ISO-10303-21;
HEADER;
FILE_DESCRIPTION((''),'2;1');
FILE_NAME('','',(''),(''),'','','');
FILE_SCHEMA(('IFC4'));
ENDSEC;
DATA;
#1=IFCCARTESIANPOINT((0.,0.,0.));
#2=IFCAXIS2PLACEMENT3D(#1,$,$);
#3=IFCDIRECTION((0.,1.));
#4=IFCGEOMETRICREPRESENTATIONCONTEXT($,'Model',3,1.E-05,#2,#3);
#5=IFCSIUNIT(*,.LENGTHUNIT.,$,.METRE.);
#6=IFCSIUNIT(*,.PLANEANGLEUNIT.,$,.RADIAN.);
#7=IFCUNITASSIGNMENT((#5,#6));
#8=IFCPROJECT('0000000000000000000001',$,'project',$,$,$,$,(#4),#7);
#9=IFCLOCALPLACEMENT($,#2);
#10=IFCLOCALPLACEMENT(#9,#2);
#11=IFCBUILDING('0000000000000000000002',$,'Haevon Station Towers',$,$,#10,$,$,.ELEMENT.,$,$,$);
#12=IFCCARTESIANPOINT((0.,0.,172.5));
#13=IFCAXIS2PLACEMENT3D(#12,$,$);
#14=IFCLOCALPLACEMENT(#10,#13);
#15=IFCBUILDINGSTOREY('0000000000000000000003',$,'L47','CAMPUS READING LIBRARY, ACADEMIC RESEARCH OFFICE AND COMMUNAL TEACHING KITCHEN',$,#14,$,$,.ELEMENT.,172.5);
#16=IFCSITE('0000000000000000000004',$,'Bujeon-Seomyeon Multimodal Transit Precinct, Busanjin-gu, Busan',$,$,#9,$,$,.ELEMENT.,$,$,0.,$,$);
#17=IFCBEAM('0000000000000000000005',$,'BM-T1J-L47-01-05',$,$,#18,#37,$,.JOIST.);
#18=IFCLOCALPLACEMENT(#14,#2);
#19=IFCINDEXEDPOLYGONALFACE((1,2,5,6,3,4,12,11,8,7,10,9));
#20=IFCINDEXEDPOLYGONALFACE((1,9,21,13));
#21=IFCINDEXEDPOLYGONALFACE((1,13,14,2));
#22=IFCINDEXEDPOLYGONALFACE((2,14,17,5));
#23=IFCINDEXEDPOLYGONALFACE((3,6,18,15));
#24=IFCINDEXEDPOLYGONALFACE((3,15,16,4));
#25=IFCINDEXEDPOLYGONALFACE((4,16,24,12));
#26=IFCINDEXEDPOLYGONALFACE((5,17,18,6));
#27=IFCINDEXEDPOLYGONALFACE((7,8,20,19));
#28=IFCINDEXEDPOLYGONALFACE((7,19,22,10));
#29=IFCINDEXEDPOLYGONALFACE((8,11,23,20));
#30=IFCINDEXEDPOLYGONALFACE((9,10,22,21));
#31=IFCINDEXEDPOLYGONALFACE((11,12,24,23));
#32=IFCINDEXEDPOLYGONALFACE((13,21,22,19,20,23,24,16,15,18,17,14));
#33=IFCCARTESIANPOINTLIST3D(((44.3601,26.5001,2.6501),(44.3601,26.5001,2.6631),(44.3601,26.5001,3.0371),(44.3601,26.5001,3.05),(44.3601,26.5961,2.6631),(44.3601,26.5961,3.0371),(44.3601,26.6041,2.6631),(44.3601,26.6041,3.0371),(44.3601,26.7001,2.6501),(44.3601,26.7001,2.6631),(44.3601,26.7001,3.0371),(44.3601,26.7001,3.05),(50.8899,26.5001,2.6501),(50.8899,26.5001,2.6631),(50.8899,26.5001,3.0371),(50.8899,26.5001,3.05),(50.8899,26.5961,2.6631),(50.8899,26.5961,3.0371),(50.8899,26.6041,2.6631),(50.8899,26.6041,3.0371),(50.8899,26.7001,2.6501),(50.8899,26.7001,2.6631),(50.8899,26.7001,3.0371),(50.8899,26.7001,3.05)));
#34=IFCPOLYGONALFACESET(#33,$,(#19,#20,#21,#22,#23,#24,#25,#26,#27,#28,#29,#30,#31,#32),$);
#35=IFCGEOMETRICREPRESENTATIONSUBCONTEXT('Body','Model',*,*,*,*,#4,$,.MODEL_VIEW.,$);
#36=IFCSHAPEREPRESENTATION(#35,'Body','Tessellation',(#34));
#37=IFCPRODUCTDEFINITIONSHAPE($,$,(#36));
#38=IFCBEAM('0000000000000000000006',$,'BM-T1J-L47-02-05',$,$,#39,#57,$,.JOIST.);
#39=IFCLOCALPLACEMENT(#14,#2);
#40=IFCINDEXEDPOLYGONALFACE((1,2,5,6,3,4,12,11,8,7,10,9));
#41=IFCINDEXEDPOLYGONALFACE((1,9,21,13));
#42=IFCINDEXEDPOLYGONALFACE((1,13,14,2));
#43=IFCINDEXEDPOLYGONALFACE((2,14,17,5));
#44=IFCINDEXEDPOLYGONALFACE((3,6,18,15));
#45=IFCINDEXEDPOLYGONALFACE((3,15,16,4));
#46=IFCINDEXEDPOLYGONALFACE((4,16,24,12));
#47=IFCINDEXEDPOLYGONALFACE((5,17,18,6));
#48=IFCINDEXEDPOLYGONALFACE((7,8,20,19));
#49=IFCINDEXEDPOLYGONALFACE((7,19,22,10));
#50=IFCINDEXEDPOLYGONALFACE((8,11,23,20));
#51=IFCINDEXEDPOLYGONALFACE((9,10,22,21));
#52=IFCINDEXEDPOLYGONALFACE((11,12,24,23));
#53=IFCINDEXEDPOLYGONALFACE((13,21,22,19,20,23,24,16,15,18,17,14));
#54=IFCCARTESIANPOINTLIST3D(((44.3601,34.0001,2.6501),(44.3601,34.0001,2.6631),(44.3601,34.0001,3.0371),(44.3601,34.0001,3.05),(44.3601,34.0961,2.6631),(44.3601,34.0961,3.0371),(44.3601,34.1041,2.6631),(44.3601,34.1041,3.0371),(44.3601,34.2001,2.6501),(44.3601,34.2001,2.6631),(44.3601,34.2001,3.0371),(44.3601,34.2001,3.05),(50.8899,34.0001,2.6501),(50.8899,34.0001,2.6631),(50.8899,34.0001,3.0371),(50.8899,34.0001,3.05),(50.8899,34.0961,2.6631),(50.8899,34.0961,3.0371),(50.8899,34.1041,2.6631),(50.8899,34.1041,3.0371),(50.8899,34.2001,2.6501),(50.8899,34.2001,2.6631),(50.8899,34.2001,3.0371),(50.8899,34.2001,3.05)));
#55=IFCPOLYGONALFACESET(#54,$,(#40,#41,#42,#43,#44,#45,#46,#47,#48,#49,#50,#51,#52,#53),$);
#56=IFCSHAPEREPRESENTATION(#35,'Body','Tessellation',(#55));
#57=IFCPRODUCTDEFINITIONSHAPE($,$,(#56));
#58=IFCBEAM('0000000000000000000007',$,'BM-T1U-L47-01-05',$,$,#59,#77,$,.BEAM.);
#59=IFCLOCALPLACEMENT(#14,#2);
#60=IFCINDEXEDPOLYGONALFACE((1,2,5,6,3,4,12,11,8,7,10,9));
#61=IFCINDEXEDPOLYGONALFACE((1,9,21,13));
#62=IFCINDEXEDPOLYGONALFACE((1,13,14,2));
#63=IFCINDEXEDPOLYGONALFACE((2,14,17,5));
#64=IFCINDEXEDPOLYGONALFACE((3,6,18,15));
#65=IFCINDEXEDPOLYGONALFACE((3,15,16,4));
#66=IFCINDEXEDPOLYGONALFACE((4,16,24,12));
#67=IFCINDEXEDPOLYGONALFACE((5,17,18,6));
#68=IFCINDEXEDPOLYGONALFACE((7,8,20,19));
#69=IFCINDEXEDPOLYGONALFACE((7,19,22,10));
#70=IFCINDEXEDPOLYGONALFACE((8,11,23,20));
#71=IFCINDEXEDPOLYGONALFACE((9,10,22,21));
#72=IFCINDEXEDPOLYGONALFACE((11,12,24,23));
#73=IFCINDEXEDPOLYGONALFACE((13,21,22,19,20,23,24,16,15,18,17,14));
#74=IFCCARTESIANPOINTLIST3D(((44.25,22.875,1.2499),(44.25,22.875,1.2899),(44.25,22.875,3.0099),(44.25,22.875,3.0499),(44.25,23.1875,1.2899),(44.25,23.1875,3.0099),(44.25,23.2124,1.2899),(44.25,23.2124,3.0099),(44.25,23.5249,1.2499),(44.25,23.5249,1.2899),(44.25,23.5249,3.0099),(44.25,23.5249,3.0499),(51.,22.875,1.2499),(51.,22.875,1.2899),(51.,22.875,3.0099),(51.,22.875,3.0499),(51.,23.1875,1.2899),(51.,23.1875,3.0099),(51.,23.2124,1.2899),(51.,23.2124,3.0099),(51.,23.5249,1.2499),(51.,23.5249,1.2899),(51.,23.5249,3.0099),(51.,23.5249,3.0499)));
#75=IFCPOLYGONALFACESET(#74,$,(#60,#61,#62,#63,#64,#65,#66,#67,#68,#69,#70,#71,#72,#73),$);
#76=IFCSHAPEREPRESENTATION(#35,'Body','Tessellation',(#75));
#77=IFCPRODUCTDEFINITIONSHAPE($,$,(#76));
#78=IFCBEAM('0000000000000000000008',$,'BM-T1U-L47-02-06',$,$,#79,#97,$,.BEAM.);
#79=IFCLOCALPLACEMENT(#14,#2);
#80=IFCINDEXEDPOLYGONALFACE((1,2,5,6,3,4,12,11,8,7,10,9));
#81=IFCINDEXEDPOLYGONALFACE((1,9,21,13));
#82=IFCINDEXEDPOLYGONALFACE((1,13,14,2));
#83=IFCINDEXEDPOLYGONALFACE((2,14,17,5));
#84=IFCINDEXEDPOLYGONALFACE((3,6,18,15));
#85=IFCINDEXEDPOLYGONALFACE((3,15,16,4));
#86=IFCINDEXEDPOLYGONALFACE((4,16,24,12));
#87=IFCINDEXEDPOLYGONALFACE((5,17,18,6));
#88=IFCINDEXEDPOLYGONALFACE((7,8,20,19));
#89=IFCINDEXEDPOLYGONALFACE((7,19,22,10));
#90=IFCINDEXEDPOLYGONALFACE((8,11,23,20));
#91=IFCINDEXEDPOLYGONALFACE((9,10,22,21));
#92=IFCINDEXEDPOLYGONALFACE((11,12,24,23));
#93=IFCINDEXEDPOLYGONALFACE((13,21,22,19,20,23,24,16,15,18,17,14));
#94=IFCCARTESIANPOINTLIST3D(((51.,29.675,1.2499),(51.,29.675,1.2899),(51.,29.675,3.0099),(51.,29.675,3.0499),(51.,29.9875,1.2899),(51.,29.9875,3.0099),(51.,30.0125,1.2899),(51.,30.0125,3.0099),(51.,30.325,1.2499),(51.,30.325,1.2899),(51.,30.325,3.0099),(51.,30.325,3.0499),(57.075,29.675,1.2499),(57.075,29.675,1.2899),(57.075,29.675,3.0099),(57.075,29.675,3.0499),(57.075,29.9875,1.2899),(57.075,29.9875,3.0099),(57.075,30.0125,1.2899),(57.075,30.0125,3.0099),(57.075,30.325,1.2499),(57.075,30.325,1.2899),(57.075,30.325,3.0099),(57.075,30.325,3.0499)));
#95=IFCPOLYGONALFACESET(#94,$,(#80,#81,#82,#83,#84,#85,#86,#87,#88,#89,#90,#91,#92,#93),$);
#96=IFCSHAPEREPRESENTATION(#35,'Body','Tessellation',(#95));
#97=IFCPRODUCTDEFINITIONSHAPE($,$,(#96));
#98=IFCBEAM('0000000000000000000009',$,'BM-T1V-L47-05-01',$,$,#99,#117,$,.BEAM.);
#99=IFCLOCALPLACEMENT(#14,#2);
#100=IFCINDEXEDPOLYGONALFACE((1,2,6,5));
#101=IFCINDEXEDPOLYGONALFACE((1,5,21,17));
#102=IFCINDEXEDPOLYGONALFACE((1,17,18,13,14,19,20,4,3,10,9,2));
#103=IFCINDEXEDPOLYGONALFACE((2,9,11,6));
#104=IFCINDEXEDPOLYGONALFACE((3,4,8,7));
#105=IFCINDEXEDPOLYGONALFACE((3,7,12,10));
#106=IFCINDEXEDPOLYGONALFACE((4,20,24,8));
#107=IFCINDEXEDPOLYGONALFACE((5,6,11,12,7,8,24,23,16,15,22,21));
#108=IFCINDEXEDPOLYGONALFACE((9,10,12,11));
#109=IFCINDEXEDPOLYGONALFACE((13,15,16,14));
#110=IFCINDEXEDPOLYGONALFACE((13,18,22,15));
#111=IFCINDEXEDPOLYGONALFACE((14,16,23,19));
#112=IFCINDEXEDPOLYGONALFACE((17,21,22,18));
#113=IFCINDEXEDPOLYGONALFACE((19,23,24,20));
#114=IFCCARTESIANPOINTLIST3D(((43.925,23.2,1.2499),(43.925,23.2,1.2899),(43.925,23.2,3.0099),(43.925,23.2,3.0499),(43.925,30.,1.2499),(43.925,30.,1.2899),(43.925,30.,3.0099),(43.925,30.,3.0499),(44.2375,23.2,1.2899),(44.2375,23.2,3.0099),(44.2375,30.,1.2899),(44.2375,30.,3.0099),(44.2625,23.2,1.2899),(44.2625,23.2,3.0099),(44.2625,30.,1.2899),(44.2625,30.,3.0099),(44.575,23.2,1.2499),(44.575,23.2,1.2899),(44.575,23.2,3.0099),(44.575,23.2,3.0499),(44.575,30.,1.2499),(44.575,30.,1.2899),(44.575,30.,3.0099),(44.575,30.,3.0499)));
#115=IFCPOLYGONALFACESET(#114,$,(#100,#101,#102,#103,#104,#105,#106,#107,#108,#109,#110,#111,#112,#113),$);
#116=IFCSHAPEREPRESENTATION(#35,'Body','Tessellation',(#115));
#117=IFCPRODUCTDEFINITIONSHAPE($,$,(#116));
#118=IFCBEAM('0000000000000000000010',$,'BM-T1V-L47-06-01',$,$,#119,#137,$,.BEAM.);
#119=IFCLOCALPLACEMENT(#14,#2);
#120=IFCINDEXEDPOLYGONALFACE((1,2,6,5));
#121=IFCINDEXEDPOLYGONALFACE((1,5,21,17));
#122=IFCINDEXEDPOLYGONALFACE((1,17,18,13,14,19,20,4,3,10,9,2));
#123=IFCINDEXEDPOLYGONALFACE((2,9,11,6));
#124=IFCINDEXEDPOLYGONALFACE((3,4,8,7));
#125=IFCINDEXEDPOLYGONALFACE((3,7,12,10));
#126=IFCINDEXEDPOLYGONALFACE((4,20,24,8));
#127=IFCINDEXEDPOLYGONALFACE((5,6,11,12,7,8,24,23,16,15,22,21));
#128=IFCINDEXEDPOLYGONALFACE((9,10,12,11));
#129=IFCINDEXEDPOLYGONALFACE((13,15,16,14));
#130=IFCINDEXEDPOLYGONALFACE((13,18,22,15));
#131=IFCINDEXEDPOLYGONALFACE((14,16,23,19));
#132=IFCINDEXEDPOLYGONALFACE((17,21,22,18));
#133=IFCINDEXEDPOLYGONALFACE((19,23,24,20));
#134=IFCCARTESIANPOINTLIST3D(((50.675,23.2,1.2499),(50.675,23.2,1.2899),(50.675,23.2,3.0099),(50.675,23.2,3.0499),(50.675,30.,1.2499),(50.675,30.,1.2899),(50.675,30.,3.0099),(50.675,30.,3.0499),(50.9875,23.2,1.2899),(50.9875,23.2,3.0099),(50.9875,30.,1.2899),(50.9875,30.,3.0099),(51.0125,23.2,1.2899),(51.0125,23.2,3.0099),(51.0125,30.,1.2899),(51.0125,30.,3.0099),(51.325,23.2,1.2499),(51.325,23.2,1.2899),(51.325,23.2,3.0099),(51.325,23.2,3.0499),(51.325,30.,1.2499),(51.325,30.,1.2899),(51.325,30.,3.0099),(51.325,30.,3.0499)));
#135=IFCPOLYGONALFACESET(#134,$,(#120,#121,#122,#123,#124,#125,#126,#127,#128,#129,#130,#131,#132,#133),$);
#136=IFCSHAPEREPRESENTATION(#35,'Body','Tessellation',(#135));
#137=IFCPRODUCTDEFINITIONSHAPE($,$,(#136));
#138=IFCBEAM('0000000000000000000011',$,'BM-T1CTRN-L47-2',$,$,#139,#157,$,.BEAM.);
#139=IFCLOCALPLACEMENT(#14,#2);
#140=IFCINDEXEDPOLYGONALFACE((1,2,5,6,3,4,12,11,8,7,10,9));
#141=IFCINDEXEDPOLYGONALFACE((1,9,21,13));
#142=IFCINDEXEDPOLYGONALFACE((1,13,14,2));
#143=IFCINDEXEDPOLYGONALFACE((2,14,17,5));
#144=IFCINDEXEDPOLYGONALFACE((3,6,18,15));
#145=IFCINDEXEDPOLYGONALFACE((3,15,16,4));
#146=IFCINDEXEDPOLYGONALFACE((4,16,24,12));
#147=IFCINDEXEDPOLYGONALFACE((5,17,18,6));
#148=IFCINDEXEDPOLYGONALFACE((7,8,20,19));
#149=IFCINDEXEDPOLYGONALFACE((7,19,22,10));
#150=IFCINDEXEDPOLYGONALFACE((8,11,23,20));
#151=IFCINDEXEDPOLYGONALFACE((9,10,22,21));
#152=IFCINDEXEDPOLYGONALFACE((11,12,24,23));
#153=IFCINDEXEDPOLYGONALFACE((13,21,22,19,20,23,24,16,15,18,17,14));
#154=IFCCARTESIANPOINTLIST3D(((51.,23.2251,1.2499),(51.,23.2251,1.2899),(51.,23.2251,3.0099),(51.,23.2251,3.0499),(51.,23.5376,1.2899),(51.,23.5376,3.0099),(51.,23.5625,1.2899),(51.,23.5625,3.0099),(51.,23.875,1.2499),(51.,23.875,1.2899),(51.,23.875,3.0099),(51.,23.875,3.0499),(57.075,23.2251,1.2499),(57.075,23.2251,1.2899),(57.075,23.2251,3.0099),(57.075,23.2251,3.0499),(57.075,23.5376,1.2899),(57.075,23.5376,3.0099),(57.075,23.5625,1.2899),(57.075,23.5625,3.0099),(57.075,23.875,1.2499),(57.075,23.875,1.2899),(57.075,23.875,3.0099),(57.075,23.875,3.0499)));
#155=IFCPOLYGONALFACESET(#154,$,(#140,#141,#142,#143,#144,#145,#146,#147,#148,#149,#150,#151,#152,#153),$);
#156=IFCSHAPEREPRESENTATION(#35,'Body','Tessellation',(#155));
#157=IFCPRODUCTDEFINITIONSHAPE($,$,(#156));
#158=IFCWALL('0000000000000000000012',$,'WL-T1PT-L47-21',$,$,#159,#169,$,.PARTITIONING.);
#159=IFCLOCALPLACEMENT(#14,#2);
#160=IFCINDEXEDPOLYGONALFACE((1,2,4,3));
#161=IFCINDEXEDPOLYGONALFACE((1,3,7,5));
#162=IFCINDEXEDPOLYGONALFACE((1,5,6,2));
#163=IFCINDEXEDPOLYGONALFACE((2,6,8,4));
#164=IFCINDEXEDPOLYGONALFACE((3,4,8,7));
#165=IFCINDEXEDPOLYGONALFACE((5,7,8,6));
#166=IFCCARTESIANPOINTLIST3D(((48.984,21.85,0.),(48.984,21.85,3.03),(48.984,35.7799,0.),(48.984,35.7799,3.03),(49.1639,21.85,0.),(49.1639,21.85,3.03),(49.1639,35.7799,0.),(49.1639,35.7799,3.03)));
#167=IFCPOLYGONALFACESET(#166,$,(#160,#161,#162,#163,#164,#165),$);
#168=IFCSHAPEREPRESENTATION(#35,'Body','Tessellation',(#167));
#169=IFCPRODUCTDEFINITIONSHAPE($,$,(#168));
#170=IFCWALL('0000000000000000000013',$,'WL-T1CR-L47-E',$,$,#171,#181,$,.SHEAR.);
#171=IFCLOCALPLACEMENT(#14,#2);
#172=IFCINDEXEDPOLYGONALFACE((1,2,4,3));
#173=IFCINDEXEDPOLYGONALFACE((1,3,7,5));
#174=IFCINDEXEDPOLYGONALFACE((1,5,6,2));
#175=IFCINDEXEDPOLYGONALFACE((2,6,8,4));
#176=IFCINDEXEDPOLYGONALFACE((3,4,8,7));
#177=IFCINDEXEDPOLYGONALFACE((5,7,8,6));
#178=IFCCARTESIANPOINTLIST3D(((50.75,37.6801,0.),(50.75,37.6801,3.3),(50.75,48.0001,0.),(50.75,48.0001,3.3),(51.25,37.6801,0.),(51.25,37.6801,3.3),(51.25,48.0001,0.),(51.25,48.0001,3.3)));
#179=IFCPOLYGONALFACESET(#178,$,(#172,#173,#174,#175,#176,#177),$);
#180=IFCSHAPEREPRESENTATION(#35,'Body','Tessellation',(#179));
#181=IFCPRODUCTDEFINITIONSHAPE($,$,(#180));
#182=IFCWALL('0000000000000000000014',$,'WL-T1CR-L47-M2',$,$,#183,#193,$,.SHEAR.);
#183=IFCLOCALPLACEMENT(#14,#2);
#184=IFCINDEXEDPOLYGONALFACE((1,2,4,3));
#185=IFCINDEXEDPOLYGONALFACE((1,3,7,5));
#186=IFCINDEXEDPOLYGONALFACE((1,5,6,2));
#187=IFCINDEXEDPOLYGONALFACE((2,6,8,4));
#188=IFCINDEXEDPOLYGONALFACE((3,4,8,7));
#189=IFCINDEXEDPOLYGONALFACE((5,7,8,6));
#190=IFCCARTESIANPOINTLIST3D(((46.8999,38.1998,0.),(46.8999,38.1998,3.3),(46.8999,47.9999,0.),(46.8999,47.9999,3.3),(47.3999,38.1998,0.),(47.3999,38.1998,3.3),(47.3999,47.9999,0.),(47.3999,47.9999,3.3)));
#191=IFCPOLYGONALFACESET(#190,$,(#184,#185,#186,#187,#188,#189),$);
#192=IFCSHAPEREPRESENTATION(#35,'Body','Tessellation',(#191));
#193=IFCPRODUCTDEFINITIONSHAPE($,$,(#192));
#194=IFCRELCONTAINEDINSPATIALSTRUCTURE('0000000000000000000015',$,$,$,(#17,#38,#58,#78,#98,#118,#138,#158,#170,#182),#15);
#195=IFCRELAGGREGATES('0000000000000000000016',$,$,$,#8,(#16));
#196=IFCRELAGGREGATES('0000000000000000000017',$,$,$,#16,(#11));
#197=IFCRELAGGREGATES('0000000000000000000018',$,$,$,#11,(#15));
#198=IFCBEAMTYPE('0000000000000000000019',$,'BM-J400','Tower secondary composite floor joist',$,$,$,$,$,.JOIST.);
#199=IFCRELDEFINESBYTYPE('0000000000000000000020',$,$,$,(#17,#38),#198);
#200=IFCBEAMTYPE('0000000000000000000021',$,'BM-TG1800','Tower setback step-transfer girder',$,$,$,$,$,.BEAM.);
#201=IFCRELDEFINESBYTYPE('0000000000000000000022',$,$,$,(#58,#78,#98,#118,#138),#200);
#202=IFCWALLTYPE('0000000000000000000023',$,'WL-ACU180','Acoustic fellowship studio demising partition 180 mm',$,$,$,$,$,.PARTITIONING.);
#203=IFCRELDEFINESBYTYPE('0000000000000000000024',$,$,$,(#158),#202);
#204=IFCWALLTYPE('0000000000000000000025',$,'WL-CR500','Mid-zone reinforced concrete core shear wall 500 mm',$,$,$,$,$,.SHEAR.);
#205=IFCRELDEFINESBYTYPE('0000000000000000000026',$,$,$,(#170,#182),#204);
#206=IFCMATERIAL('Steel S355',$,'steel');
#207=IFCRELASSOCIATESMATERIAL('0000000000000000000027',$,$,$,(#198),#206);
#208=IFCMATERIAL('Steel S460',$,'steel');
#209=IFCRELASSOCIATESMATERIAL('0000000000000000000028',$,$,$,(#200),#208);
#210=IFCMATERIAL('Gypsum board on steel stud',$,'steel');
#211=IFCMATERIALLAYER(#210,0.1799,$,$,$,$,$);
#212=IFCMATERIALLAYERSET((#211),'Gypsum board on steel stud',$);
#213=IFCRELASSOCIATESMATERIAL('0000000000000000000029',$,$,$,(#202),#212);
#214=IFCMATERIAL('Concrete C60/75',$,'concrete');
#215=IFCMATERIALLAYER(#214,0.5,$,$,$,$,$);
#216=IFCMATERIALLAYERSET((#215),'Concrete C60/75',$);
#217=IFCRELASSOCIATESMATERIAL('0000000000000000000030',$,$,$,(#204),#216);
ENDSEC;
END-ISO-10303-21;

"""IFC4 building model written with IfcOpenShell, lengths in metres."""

from ifc_helpers import new_model, si_unit, direction, frame, frame_2d, origin, origin_2d, place, context, subcontext, project, spatial, rectangle, i_section, extrude, material, layer, layer_set, material_profile, profile_set, type_object, element, save


model = new_model("IFC4")

# Units and contexts
model_context = context("Model", 3, precision=1e-05, world=origin(), true_north=direction((0.0, 1.0)))
body_context = subcontext(model_context, "Body", "Model", "MODEL_VIEW")
ifc_project = project(units=[si_unit("LENGTHUNIT", "METRE"), si_unit("PLANEANGLEUNIT", "RADIAN")], contexts=[model_context])

# Site, building, storey
site_placement = place(None, origin())
site = spatial("IfcSite", under=ifc_project, at=site_placement, Name="Bujeon-Seomyeon Multimodal Transit Precinct, Busanjin-gu, Busan", CompositionType="ELEMENT", RefElevation=0.0)
building_placement = place(site_placement, origin())
building = spatial("IfcBuilding", under=site, at=building_placement, Name="Haevon Station Towers", CompositionType="ELEMENT")
storey_placement = place(building_placement, frame((0.0, 0.0, 172.5)))
storey = spatial("IfcBuildingStorey", under=building, at=storey_placement, Name="L47", Description="CAMPUS READING LIBRARY, ACADEMIC RESEARCH OFFICE AND COMMUNAL TEACHING KITCHEN", CompositionType="ELEMENT", Elevation=172.5)

# Shared definitions
ifc_material_1 = material(Name="Steel S355", Category="steel")

# Beams
ifc_material_profile_1 = material_profile(ifc_material_1, i_section(OverallWidth=0.2, OverallDepth=0.3999, WebThickness=0.0081, FlangeThickness=0.0129, at=origin_2d()), Name="H-400x200x8x13")
ifc_profile_set_1 = profile_set([ifc_material_profile_1], Name="Steel S355")
beam_type_1 = type_object("IfcBeamType", Name="BM-J400", Description="Tower secondary composite floor joist", PredefinedType="JOIST", material=ifc_profile_set_1)
for number, where, z_axis, x_axis, name in (
    (1, (44.3601, 26.6001, 2.8501), (1.0, 0.0, 0.0), (0.0, 1.0, 0.0), "BM-T1J-L47-01-05"),
    (2, (44.3601, 34.1001, 2.8501), (1.0, 0.0, 0.0), (0.0, 1.0, 0.0), "BM-T1J-L47-02-05"),
):
    element("IfcBeam", number, at=place(storey_placement, frame(where, z_axis=z_axis, x_axis=x_axis)), inside=storey, type_object=beam_type_1, Name=name, PredefinedType="JOIST", context=body_context, shape_type="SweptSolid", body=[
        extrude(i_section(OverallWidth=0.2, OverallDepth=0.3999, WebThickness=0.0081, FlangeThickness=0.0129, at=origin_2d()), origin(), (0.0, 0.0, 1.0), 6.5298),
    ])
ifc_material_2 = material(Name="Steel S460", Category="steel")
ifc_material_profile_2 = material_profile(ifc_material_2, i_section(OverallWidth=0.6499, OverallDepth=1.8, WebThickness=0.0249, FlangeThickness=0.04, at=origin_2d()), Name="H-1800x650x25x40")
ifc_profile_set_2 = profile_set([ifc_material_profile_2], Name="Steel S460")
beam_type_2 = type_object("IfcBeamType", Name="BM-TG1800", Description="Tower setback step-transfer girder", PredefinedType="BEAM", material=ifc_profile_set_2)
beam_1_placement = place(storey_placement, frame((44.25, 23.2, 2.1499), z_axis=(1.0, 0.0, 0.0), x_axis=(0.0, 1.0, 0.0)))
element("IfcBeam", 3, at=beam_1_placement, inside=storey, type_object=beam_type_2, Name="BM-T1U-L47-01-05", PredefinedType="BEAM", context=body_context, shape_type="SweptSolid", body=[
    extrude(i_section(OverallWidth=0.6499, OverallDepth=1.8, WebThickness=0.0249, FlangeThickness=0.04, at=origin_2d()), origin(), (0.0, 0.0, 1.0), 6.75),
])
beam_2_placement = place(storey_placement, frame((51.0, 30.0, 2.1499), z_axis=(1.0, 0.0, 0.0), x_axis=(0.0, 1.0, 0.0)))
element("IfcBeam", 4, at=beam_2_placement, inside=storey, type_object=beam_type_2, Name="BM-T1U-L47-02-06", PredefinedType="BEAM", context=body_context, shape_type="SweptSolid", body=[
    extrude(i_section(OverallWidth=0.6499, OverallDepth=1.8, WebThickness=0.0249, FlangeThickness=0.04, at=origin_2d()), origin(), (0.0, 0.0, 1.0), 6.075),
])
for number, where, z_axis, x_axis, name in (
    (5, (44.25, 23.2, 2.1499), (0.0, 1.0, 0.0), (-1.0, 0.0, 0.0), "BM-T1V-L47-05-01"),
    (6, (51.0, 23.2, 2.1499), (0.0, 1.0, 0.0), (-1.0, 0.0, 0.0), "BM-T1V-L47-06-01"),
):
    element("IfcBeam", number, at=place(storey_placement, frame(where, z_axis=z_axis, x_axis=x_axis)), inside=storey, type_object=beam_type_2, Name=name, PredefinedType="BEAM", context=body_context, shape_type="SweptSolid", body=[
        extrude(i_section(OverallWidth=0.6499, OverallDepth=1.8, WebThickness=0.0249, FlangeThickness=0.04, at=origin_2d()), origin(), (0.0, 0.0, 1.0), 6.8),
    ])
beam_3_placement = place(storey_placement, frame((51.0, 23.55, 2.1499), z_axis=(1.0, 0.0, 0.0), x_axis=(0.0, 1.0, 0.0)))
element("IfcBeam", 7, at=beam_3_placement, inside=storey, type_object=beam_type_2, Name="BM-T1CTRN-L47-2", PredefinedType="BEAM", context=body_context, shape_type="SweptSolid", body=[
    extrude(i_section(OverallWidth=0.6499, OverallDepth=1.8, WebThickness=0.0249, FlangeThickness=0.04, at=origin_2d()), origin(), (0.0, 0.0, 1.0), 6.075),
])

# Walls
ifc_material_3 = material(Name="Gypsum board on steel stud", Category="steel")
ifc_layer_1 = layer(ifc_material_3, 0.1799)
ifc_layer_set_1 = layer_set([ifc_layer_1], Name="Gypsum board on steel stud")
wall_type_1 = type_object("IfcWallType", Name="WL-ACU180", Description="Acoustic fellowship studio demising partition 180 mm", PredefinedType="PARTITIONING", material=ifc_layer_set_1)
wall_1_placement = place(storey_placement, frame((49.074, 21.8501, 0.0), z_axis=(0.0, 0.0, 1.0), x_axis=(0.0, 1.0, 0.0)))
element("IfcWall", 8, at=wall_1_placement, inside=storey, type_object=wall_type_1, Name="WL-T1PT-L47-21", PredefinedType="PARTITIONING", context=body_context, shape_type="SweptSolid", body=[
    extrude(rectangle(XDim=13.9299, YDim=0.1799, at=frame_2d((6.9648, 0.0))), origin(), (0.0, 0.0, 1.0), 3.03),
])
ifc_material_4 = material(Name="Concrete C60/75", Category="concrete")
ifc_layer_2 = layer(ifc_material_4, 0.5)
ifc_layer_set_2 = layer_set([ifc_layer_2], Name="Concrete C60/75")
wall_type_2 = type_object("IfcWallType", Name="WL-CR500", Description="Mid-zone reinforced concrete core shear wall 500 mm", PredefinedType="SHEAR", material=ifc_layer_set_2)
wall_2_placement = place(storey_placement, frame((51.0, 37.6799, 0.0), z_axis=(0.0, 0.0, 1.0), x_axis=(0.0, 1.0, 0.0)))
element("IfcWall", 9, at=wall_2_placement, inside=storey, type_object=wall_type_2, Name="WL-T1CR-L47-E", PredefinedType="SHEAR", context=body_context, shape_type="SweptSolid", body=[
    extrude(rectangle(XDim=10.3201, YDim=0.5, at=frame_2d((5.1602, 0.0))), origin(), (0.0, 0.0, 1.0), 3.3),
])
wall_3_placement = place(storey_placement, frame((47.1499, 38.2, 0.0), z_axis=(0.0, 0.0, 1.0), x_axis=(0.0, 1.0, 0.0)))
element("IfcWall", 10, at=wall_3_placement, inside=storey, type_object=wall_type_2, Name="WL-T1CR-L47-M2", PredefinedType="SHEAR", context=body_context, shape_type="SweptSolid", body=[
    extrude(rectangle(XDim=9.8, YDim=0.5, at=frame_2d((4.8999, 0.0))), origin(), (0.0, 0.0, 1.0), 3.3),
])

save(model, "model.ifc")
